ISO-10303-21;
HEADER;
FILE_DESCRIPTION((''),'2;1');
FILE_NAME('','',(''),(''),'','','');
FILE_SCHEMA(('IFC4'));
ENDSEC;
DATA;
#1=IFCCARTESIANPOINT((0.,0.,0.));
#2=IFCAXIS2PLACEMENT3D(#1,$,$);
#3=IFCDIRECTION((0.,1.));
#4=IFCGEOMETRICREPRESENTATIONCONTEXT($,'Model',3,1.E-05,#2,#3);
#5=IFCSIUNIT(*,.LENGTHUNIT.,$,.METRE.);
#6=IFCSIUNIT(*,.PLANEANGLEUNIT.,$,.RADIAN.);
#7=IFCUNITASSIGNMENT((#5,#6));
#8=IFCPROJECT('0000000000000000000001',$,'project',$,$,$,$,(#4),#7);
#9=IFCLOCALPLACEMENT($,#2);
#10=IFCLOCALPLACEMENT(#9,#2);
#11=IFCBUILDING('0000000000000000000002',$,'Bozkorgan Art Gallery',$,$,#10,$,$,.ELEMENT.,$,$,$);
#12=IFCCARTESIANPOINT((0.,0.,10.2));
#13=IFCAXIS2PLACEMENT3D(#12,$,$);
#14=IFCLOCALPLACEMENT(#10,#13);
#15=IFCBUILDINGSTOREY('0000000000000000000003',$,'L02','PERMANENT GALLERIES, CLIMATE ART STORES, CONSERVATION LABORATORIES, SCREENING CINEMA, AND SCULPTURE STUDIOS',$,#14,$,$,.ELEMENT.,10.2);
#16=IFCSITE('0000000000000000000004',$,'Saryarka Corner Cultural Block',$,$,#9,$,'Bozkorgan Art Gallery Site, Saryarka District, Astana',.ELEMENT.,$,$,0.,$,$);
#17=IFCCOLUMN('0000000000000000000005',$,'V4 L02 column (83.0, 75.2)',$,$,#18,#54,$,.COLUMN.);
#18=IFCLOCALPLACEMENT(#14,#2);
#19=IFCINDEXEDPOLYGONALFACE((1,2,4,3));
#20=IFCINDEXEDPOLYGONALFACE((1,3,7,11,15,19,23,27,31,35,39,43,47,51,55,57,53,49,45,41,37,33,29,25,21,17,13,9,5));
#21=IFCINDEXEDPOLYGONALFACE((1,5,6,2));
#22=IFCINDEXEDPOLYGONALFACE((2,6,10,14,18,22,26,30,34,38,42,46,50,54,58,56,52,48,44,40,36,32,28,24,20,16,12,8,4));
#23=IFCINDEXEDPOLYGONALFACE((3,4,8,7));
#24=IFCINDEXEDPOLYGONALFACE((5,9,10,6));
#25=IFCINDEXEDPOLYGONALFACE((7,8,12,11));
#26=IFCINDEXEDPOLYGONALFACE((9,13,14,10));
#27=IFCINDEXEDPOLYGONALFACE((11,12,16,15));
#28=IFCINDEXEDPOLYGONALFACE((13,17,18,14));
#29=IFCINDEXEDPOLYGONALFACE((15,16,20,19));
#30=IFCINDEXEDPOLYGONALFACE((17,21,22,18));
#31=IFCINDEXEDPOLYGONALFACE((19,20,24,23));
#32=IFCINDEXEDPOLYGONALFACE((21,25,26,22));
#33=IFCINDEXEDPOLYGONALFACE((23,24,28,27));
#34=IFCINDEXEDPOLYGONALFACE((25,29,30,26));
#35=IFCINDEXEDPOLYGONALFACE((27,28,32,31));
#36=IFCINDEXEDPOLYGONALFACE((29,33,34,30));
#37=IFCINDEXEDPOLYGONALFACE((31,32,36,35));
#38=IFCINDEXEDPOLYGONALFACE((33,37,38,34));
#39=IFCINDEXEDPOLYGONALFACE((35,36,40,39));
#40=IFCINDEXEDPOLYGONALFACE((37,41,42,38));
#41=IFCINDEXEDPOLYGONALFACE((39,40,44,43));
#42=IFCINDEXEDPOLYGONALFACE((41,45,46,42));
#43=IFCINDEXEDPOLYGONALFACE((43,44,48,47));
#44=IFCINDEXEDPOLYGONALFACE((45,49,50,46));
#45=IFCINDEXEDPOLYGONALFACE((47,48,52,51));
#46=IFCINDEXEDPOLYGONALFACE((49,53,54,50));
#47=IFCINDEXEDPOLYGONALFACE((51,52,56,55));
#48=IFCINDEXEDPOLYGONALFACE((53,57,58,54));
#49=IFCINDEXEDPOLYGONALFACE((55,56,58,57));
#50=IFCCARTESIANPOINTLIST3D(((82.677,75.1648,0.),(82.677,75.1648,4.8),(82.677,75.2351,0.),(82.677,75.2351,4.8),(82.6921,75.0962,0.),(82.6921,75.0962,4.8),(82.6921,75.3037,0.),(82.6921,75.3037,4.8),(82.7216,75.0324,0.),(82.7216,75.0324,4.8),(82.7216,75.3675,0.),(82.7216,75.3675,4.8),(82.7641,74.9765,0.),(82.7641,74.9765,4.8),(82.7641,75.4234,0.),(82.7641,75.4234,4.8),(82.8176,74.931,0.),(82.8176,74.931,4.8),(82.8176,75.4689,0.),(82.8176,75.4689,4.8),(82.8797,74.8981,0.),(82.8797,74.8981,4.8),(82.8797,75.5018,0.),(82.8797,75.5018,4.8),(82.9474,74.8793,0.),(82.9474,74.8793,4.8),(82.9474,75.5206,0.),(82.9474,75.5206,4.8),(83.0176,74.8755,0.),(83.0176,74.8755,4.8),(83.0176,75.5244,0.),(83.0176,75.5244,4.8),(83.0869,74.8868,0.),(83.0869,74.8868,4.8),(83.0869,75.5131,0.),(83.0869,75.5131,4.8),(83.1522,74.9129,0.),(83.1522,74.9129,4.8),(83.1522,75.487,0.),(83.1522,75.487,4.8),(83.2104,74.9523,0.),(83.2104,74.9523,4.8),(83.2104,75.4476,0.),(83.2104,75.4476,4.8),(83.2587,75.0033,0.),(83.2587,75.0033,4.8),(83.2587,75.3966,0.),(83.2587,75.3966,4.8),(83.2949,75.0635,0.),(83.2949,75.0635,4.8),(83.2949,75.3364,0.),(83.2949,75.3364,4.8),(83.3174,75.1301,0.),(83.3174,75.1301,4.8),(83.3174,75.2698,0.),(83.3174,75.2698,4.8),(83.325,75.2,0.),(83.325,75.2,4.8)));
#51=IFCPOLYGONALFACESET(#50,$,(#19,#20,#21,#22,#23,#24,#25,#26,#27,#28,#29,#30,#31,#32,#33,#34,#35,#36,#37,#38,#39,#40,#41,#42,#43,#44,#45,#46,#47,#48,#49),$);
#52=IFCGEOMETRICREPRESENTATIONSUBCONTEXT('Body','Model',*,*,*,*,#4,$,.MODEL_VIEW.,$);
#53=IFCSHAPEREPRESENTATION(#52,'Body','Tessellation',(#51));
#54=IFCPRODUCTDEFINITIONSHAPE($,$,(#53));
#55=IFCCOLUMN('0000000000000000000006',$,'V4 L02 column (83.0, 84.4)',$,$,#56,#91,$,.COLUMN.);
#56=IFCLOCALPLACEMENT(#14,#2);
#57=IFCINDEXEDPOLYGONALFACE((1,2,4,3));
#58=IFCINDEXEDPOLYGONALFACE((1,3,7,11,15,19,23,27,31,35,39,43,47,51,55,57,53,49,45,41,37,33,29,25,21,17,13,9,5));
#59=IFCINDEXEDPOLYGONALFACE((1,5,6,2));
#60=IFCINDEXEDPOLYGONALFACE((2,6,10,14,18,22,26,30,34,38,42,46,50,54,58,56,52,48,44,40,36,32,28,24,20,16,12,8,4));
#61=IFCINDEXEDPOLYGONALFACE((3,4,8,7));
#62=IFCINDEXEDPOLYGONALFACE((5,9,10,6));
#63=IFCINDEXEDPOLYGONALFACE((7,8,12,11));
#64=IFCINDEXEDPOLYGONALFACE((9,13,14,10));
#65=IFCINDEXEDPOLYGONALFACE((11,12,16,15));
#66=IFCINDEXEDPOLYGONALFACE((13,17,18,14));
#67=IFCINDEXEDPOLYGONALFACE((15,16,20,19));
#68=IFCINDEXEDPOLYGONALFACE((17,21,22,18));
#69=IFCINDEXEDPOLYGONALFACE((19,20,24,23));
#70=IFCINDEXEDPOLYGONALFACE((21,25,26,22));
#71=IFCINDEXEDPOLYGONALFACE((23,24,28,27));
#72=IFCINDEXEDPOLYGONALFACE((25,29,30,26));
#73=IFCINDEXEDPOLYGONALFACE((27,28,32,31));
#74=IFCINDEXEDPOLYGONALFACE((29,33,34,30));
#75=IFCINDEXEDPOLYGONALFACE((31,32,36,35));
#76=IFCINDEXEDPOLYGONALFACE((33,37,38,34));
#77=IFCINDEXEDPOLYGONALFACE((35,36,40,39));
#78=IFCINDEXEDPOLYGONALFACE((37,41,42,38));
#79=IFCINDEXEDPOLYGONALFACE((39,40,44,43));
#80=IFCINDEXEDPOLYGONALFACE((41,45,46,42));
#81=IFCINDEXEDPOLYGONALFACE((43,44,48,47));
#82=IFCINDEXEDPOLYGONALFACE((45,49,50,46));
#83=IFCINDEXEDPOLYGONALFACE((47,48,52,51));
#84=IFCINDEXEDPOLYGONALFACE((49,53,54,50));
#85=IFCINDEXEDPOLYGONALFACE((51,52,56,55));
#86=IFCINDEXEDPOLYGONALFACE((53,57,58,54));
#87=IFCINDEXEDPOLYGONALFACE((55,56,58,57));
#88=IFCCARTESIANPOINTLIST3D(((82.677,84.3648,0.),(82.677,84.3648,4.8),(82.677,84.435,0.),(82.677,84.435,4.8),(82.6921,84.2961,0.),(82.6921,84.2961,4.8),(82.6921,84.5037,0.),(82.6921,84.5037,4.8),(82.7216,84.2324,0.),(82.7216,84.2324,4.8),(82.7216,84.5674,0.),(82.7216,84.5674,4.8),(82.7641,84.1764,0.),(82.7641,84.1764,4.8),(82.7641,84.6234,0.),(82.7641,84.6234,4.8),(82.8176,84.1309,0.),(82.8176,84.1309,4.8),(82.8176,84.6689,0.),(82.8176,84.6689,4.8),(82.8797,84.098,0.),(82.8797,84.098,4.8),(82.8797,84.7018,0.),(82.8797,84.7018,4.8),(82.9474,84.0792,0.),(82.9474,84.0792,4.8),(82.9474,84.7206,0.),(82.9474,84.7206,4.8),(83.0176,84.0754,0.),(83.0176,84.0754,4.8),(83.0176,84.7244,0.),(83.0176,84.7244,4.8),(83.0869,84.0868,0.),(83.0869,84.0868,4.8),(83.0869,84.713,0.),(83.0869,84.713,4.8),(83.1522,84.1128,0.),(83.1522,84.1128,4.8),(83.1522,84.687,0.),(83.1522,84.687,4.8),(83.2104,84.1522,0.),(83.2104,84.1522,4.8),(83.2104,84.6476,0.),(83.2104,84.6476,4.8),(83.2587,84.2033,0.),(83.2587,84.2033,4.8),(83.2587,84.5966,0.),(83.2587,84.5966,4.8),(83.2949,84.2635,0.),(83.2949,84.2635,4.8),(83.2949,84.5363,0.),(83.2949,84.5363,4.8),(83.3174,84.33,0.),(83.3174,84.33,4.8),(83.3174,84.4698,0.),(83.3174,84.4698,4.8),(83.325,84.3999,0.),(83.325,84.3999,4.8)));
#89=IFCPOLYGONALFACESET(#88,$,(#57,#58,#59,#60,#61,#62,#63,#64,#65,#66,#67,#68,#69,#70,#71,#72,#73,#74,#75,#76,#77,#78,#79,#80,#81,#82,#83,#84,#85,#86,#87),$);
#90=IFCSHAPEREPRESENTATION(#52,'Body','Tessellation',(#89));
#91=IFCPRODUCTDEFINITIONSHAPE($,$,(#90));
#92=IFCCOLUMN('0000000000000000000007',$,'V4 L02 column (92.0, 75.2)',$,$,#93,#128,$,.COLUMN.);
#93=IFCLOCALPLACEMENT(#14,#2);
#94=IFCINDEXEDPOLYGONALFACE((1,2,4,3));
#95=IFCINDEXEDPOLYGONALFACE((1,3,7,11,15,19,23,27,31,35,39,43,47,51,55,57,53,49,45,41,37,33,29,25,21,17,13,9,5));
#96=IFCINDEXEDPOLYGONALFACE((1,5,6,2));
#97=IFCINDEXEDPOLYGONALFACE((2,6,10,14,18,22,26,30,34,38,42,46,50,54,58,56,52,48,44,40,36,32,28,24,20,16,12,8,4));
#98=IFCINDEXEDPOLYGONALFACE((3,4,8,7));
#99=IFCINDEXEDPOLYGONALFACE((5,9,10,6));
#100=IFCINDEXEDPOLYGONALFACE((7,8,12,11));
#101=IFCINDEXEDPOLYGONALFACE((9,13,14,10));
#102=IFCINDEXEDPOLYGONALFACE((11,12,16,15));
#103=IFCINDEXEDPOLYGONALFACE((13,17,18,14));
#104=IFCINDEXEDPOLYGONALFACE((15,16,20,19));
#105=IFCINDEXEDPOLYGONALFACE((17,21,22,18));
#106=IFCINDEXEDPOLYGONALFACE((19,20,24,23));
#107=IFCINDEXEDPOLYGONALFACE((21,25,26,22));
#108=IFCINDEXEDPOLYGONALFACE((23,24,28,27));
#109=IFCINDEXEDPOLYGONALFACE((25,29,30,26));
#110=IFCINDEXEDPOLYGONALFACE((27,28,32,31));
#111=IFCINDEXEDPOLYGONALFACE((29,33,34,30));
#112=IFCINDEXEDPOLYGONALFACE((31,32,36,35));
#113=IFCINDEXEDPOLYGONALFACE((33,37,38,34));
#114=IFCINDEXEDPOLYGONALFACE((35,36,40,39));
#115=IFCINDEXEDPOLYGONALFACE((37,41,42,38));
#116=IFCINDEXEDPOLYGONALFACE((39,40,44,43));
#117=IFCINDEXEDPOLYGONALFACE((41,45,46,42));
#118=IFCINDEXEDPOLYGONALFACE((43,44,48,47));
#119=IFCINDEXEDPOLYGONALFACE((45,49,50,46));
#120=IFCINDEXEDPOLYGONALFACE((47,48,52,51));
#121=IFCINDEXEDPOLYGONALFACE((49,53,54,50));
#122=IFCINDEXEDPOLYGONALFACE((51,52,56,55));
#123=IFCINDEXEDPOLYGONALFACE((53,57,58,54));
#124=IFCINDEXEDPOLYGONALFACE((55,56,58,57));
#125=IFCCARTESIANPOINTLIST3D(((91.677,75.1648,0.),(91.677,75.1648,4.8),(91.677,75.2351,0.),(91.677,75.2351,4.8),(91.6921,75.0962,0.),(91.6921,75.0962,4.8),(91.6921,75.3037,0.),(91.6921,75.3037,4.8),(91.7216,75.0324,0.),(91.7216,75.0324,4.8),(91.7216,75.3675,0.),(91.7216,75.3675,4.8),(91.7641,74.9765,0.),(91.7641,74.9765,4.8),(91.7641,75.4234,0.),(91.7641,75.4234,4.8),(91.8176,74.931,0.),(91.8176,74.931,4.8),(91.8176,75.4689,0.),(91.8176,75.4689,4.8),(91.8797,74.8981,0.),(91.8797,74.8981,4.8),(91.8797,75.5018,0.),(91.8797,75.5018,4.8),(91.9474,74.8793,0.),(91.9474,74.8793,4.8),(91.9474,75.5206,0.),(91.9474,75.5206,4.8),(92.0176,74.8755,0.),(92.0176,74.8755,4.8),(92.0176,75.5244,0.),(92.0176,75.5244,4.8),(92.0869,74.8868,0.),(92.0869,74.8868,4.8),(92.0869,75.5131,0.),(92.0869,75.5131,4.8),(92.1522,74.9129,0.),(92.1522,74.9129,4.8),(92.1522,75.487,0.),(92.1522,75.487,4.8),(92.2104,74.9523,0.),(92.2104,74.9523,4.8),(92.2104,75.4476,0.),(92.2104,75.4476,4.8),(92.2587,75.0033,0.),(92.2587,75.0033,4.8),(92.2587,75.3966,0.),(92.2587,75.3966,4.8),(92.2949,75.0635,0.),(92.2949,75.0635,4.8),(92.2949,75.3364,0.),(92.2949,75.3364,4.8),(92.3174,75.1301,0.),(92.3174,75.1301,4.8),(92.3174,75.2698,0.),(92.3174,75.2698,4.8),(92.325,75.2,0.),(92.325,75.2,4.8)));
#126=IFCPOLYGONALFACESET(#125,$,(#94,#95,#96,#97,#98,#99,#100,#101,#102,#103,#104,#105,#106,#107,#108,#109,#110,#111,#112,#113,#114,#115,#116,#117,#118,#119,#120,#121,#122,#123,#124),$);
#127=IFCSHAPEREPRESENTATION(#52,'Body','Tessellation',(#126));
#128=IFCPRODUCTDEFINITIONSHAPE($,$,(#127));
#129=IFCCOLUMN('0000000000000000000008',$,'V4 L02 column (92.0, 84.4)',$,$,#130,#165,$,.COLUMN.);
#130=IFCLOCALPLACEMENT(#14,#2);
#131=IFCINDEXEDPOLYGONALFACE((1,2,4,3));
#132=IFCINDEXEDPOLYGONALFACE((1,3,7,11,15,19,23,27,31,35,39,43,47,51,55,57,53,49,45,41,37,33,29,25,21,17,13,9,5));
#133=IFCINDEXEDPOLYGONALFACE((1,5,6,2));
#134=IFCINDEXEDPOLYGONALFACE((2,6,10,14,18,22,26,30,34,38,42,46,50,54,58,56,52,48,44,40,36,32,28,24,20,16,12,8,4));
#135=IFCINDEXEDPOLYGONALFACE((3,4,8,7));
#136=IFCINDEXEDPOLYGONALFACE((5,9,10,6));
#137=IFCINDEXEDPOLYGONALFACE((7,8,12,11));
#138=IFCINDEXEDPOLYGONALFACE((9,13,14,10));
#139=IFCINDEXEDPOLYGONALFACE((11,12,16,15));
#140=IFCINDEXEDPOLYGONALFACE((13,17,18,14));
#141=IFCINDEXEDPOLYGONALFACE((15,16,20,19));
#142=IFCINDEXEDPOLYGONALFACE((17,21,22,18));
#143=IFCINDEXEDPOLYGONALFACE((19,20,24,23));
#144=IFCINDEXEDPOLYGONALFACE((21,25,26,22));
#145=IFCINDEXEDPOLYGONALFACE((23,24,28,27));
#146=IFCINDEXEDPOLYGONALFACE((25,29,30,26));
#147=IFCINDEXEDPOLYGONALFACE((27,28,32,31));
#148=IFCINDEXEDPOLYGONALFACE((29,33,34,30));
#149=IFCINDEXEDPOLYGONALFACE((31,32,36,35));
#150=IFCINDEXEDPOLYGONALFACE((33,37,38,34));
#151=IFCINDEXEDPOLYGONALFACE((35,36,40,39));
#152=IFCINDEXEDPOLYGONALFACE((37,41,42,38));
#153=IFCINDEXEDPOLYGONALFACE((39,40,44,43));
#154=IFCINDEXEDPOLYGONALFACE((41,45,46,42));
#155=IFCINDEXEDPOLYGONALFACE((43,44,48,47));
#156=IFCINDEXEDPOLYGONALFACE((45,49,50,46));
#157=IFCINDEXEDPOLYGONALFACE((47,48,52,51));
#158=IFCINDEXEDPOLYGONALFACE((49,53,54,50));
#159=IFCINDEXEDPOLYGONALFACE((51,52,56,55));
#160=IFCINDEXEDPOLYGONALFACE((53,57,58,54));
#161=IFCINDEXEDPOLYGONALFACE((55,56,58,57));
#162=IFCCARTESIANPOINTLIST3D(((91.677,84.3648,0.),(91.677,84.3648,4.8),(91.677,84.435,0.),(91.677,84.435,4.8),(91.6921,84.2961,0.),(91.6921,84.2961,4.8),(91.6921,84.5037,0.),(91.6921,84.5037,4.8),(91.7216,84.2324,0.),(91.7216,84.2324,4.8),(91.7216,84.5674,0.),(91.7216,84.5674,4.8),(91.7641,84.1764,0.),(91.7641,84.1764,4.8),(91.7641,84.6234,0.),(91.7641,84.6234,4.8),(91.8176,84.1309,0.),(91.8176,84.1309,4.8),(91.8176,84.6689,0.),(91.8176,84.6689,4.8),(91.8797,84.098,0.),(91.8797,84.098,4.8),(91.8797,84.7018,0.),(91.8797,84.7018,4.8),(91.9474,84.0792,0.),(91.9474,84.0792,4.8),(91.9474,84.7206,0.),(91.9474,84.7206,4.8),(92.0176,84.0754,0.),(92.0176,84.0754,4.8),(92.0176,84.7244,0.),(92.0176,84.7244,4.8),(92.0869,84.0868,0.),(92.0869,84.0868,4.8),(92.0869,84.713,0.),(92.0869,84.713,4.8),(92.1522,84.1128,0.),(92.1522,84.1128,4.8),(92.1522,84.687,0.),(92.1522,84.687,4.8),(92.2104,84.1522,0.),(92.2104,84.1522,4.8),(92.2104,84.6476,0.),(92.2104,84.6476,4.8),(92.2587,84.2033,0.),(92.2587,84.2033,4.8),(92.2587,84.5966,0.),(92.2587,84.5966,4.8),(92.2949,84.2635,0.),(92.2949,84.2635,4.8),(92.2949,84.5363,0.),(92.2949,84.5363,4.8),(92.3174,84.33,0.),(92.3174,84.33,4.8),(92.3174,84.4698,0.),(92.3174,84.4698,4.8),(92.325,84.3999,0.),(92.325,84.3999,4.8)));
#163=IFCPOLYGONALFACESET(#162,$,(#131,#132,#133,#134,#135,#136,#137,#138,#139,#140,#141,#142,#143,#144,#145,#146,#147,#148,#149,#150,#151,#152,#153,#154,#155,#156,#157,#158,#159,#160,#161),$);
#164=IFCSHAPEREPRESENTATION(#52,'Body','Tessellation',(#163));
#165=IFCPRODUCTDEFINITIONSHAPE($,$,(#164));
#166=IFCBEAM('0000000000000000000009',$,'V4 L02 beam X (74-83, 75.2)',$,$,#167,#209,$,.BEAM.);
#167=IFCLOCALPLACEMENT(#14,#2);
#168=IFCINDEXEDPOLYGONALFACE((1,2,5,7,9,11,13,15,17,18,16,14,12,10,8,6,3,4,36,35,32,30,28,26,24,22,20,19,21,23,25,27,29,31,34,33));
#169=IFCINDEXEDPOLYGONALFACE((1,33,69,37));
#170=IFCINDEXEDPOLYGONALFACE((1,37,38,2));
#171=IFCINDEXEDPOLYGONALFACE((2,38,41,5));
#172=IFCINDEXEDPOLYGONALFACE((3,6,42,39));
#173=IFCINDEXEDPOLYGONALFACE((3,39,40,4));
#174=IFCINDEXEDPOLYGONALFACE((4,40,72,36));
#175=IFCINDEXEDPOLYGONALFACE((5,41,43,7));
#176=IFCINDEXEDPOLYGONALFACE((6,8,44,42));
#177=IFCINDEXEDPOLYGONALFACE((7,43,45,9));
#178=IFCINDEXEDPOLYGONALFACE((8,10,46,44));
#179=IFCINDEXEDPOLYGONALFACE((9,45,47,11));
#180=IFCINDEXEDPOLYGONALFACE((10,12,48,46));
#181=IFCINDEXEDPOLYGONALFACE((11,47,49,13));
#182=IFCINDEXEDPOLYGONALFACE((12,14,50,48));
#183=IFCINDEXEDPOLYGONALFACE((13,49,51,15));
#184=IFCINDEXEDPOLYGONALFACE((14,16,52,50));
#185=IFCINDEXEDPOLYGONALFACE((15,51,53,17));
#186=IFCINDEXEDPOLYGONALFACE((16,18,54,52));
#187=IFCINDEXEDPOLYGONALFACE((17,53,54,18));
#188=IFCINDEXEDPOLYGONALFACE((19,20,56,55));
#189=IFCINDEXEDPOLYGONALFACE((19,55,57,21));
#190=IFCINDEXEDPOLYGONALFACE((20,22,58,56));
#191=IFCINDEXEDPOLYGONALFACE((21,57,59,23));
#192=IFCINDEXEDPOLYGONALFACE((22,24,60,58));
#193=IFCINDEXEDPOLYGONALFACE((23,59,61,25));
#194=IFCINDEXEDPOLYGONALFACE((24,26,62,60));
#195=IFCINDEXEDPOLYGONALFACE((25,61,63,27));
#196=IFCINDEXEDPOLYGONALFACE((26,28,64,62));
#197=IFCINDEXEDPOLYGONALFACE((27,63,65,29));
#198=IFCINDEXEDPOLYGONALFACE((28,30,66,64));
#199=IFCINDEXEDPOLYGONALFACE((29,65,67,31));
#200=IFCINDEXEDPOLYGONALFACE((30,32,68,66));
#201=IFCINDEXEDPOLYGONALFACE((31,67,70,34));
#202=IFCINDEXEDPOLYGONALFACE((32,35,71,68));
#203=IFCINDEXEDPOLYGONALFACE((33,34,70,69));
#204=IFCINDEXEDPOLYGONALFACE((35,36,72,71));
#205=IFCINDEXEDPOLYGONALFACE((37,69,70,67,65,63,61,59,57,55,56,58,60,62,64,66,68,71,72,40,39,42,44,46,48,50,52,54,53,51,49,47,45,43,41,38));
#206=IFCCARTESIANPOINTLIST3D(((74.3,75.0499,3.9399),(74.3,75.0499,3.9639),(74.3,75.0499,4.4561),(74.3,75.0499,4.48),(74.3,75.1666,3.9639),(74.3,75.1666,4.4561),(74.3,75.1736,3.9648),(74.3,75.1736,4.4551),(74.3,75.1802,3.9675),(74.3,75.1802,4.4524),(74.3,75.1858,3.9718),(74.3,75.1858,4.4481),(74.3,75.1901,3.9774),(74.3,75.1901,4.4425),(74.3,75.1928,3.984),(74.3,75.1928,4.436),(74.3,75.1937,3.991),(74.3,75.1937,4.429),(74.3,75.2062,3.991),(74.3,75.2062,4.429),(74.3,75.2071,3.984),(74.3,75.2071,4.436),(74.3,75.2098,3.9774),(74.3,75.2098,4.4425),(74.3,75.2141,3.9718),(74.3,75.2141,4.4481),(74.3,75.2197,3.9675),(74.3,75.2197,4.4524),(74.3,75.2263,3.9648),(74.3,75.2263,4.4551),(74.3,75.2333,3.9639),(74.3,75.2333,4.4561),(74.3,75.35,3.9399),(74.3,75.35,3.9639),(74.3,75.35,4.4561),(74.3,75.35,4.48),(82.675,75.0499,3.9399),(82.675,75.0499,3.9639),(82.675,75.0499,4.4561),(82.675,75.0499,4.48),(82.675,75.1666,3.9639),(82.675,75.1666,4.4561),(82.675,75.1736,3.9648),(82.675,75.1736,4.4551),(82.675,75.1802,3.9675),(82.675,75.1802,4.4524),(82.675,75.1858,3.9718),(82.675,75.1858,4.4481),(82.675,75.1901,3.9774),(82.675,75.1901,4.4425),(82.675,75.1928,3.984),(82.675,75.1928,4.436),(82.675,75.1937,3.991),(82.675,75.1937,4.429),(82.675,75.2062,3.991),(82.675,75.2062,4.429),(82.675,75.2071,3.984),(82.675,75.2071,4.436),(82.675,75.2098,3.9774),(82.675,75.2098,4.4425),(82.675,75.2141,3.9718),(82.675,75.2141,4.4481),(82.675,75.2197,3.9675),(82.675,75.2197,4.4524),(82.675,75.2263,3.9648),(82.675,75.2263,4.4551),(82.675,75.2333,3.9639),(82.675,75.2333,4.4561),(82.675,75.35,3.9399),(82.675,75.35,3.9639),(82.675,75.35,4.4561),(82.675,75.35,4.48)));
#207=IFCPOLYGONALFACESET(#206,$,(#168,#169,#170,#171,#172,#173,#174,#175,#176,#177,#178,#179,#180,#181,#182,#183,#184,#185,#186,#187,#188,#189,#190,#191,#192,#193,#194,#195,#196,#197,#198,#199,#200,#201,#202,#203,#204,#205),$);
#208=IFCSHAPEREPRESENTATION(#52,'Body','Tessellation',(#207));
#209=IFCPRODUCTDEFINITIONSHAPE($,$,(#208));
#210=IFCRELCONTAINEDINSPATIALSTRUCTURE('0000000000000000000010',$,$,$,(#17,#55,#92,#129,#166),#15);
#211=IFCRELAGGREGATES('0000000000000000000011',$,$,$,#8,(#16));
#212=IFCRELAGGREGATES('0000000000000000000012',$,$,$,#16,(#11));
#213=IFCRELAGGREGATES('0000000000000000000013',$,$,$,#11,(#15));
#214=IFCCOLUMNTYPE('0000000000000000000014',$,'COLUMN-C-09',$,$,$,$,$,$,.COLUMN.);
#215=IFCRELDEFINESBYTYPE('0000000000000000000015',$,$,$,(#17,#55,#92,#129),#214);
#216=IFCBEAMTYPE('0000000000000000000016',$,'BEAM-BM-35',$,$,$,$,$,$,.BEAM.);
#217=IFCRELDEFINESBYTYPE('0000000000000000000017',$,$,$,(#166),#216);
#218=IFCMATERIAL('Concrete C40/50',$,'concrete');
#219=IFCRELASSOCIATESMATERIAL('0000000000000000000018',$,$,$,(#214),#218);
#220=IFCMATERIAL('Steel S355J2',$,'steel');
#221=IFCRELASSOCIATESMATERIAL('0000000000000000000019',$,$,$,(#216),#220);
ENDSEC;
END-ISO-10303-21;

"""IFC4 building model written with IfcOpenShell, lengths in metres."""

from ifc_helpers import new_model, si_unit, direction, frame, origin, origin_2d, place, context, subcontext, project, spatial, circle, i_section, extrude, material, material_profile, profile_set, type_object, element, save


model = new_model("IFC4")

# Units and contexts
model_context = context("Model", 3, precision=1e-05, world=origin(), true_north=direction((0.0, 1.0)))
body_context = subcontext(model_context, "Body", "Model", "MODEL_VIEW")
ifc_project = project(units=[si_unit("LENGTHUNIT", "METRE"), si_unit("PLANEANGLEUNIT", "RADIAN")], contexts=[model_context])

# Site, building, storey
site_placement = place(None, origin())
site = spatial("IfcSite", under=ifc_project, at=site_placement, Name="Saryarka Corner Cultural Block", LongName="Bozkorgan Art Gallery Site, Saryarka District, Astana", CompositionType="ELEMENT", RefElevation=0.0)
building_placement = place(site_placement, origin())
building = spatial("IfcBuilding", under=site, at=building_placement, Name="Bozkorgan Art Gallery", CompositionType="ELEMENT")
storey_placement = place(building_placement, frame((0.0, 0.0, 10.2)))
storey = spatial("IfcBuildingStorey", under=building, at=storey_placement, Name="L02", Description="PERMANENT GALLERIES, CLIMATE ART STORES, CONSERVATION LABORATORIES, SCREENING CINEMA, AND SCULPTURE STUDIOS", CompositionType="ELEMENT", Elevation=10.2)

# Columns
ifc_material_1 = material(Name="Concrete C40/50", Category="concrete")
ifc_material_profile_1 = material_profile(ifc_material_1, circle(Radius=0.325, at=origin_2d()), Name="RC D650")
ifc_profile_set_1 = profile_set([ifc_material_profile_1], Name="Concrete C40/50")
column_type = type_object("IfcColumnType", Name="COLUMN-C-09", PredefinedType="COLUMN", material=ifc_profile_set_1)
for number, where, z_axis, x_axis, name in (
    (1, (83.0, 75.2, 0.0), (0.0, 0.0, 1.0), (1.0, 0.0, 0.0), "V4 L02 column (83.0, 75.2)"),
    (2, (83.0, 84.3999, 0.0), (0.0, 0.0, 1.0), (1.0, 0.0, 0.0), "V4 L02 column (83.0, 84.4)"),
    (3, (92.0, 75.2, 0.0), (0.0, 0.0, 1.0), (1.0, 0.0, 0.0), "V4 L02 column (92.0, 75.2)"),
    (4, (92.0, 84.3999, 0.0), (0.0, 0.0, 1.0), (1.0, 0.0, 0.0), "V4 L02 column (92.0, 84.4)"),
):
    element("IfcColumn", number, at=place(storey_placement, frame(where, z_axis=z_axis, x_axis=x_axis)), inside=storey, type_object=column_type, Name=name, PredefinedType="COLUMN", context=body_context, shape_type="SweptSolid", body=[
        extrude(circle(Radius=0.325, at=origin_2d()), origin(), (0.0, 0.0, 1.0), 4.8),
    ])

# Beam
ifc_material_2 = material(Name="Steel S355J2", Category="steel")
ifc_material_profile_2 = material_profile(ifc_material_2, i_section(OverallWidth=0.3, OverallDepth=0.54, WebThickness=0.0125, FlangeThickness=0.0239, FilletRadius=0.0271, at=origin_2d()), Name="HEA 550")
ifc_profile_set_2 = profile_set([ifc_material_profile_2], Name="Steel S355J2")
beam_type_1 = type_object("IfcBeamType", Name="BEAM-BM-35", PredefinedType="BEAM", material=ifc_profile_set_2)
for number, where, z_axis, x_axis, name in (
    (5, (74.3, 75.2, 4.21), (1.0, 0.0, 0.0), (0.0, 1.0, 0.0), "V4 L02 beam X (74-83, 75.2)"),
):
    element("IfcBeam", number, at=place(storey_placement, frame(where, z_axis=z_axis, x_axis=x_axis)), inside=storey, type_object=beam_type_1, Name=name, PredefinedType="BEAM", context=body_context, shape_type="SweptSolid", body=[
        extrude(i_section(OverallWidth=0.3, OverallDepth=0.54, WebThickness=0.0125, FlangeThickness=0.0239, FilletRadius=0.0271, at=origin_2d()), origin(), (0.0, 0.0, 1.0), 8.375),
    ])

save(model, "model.ifc")
